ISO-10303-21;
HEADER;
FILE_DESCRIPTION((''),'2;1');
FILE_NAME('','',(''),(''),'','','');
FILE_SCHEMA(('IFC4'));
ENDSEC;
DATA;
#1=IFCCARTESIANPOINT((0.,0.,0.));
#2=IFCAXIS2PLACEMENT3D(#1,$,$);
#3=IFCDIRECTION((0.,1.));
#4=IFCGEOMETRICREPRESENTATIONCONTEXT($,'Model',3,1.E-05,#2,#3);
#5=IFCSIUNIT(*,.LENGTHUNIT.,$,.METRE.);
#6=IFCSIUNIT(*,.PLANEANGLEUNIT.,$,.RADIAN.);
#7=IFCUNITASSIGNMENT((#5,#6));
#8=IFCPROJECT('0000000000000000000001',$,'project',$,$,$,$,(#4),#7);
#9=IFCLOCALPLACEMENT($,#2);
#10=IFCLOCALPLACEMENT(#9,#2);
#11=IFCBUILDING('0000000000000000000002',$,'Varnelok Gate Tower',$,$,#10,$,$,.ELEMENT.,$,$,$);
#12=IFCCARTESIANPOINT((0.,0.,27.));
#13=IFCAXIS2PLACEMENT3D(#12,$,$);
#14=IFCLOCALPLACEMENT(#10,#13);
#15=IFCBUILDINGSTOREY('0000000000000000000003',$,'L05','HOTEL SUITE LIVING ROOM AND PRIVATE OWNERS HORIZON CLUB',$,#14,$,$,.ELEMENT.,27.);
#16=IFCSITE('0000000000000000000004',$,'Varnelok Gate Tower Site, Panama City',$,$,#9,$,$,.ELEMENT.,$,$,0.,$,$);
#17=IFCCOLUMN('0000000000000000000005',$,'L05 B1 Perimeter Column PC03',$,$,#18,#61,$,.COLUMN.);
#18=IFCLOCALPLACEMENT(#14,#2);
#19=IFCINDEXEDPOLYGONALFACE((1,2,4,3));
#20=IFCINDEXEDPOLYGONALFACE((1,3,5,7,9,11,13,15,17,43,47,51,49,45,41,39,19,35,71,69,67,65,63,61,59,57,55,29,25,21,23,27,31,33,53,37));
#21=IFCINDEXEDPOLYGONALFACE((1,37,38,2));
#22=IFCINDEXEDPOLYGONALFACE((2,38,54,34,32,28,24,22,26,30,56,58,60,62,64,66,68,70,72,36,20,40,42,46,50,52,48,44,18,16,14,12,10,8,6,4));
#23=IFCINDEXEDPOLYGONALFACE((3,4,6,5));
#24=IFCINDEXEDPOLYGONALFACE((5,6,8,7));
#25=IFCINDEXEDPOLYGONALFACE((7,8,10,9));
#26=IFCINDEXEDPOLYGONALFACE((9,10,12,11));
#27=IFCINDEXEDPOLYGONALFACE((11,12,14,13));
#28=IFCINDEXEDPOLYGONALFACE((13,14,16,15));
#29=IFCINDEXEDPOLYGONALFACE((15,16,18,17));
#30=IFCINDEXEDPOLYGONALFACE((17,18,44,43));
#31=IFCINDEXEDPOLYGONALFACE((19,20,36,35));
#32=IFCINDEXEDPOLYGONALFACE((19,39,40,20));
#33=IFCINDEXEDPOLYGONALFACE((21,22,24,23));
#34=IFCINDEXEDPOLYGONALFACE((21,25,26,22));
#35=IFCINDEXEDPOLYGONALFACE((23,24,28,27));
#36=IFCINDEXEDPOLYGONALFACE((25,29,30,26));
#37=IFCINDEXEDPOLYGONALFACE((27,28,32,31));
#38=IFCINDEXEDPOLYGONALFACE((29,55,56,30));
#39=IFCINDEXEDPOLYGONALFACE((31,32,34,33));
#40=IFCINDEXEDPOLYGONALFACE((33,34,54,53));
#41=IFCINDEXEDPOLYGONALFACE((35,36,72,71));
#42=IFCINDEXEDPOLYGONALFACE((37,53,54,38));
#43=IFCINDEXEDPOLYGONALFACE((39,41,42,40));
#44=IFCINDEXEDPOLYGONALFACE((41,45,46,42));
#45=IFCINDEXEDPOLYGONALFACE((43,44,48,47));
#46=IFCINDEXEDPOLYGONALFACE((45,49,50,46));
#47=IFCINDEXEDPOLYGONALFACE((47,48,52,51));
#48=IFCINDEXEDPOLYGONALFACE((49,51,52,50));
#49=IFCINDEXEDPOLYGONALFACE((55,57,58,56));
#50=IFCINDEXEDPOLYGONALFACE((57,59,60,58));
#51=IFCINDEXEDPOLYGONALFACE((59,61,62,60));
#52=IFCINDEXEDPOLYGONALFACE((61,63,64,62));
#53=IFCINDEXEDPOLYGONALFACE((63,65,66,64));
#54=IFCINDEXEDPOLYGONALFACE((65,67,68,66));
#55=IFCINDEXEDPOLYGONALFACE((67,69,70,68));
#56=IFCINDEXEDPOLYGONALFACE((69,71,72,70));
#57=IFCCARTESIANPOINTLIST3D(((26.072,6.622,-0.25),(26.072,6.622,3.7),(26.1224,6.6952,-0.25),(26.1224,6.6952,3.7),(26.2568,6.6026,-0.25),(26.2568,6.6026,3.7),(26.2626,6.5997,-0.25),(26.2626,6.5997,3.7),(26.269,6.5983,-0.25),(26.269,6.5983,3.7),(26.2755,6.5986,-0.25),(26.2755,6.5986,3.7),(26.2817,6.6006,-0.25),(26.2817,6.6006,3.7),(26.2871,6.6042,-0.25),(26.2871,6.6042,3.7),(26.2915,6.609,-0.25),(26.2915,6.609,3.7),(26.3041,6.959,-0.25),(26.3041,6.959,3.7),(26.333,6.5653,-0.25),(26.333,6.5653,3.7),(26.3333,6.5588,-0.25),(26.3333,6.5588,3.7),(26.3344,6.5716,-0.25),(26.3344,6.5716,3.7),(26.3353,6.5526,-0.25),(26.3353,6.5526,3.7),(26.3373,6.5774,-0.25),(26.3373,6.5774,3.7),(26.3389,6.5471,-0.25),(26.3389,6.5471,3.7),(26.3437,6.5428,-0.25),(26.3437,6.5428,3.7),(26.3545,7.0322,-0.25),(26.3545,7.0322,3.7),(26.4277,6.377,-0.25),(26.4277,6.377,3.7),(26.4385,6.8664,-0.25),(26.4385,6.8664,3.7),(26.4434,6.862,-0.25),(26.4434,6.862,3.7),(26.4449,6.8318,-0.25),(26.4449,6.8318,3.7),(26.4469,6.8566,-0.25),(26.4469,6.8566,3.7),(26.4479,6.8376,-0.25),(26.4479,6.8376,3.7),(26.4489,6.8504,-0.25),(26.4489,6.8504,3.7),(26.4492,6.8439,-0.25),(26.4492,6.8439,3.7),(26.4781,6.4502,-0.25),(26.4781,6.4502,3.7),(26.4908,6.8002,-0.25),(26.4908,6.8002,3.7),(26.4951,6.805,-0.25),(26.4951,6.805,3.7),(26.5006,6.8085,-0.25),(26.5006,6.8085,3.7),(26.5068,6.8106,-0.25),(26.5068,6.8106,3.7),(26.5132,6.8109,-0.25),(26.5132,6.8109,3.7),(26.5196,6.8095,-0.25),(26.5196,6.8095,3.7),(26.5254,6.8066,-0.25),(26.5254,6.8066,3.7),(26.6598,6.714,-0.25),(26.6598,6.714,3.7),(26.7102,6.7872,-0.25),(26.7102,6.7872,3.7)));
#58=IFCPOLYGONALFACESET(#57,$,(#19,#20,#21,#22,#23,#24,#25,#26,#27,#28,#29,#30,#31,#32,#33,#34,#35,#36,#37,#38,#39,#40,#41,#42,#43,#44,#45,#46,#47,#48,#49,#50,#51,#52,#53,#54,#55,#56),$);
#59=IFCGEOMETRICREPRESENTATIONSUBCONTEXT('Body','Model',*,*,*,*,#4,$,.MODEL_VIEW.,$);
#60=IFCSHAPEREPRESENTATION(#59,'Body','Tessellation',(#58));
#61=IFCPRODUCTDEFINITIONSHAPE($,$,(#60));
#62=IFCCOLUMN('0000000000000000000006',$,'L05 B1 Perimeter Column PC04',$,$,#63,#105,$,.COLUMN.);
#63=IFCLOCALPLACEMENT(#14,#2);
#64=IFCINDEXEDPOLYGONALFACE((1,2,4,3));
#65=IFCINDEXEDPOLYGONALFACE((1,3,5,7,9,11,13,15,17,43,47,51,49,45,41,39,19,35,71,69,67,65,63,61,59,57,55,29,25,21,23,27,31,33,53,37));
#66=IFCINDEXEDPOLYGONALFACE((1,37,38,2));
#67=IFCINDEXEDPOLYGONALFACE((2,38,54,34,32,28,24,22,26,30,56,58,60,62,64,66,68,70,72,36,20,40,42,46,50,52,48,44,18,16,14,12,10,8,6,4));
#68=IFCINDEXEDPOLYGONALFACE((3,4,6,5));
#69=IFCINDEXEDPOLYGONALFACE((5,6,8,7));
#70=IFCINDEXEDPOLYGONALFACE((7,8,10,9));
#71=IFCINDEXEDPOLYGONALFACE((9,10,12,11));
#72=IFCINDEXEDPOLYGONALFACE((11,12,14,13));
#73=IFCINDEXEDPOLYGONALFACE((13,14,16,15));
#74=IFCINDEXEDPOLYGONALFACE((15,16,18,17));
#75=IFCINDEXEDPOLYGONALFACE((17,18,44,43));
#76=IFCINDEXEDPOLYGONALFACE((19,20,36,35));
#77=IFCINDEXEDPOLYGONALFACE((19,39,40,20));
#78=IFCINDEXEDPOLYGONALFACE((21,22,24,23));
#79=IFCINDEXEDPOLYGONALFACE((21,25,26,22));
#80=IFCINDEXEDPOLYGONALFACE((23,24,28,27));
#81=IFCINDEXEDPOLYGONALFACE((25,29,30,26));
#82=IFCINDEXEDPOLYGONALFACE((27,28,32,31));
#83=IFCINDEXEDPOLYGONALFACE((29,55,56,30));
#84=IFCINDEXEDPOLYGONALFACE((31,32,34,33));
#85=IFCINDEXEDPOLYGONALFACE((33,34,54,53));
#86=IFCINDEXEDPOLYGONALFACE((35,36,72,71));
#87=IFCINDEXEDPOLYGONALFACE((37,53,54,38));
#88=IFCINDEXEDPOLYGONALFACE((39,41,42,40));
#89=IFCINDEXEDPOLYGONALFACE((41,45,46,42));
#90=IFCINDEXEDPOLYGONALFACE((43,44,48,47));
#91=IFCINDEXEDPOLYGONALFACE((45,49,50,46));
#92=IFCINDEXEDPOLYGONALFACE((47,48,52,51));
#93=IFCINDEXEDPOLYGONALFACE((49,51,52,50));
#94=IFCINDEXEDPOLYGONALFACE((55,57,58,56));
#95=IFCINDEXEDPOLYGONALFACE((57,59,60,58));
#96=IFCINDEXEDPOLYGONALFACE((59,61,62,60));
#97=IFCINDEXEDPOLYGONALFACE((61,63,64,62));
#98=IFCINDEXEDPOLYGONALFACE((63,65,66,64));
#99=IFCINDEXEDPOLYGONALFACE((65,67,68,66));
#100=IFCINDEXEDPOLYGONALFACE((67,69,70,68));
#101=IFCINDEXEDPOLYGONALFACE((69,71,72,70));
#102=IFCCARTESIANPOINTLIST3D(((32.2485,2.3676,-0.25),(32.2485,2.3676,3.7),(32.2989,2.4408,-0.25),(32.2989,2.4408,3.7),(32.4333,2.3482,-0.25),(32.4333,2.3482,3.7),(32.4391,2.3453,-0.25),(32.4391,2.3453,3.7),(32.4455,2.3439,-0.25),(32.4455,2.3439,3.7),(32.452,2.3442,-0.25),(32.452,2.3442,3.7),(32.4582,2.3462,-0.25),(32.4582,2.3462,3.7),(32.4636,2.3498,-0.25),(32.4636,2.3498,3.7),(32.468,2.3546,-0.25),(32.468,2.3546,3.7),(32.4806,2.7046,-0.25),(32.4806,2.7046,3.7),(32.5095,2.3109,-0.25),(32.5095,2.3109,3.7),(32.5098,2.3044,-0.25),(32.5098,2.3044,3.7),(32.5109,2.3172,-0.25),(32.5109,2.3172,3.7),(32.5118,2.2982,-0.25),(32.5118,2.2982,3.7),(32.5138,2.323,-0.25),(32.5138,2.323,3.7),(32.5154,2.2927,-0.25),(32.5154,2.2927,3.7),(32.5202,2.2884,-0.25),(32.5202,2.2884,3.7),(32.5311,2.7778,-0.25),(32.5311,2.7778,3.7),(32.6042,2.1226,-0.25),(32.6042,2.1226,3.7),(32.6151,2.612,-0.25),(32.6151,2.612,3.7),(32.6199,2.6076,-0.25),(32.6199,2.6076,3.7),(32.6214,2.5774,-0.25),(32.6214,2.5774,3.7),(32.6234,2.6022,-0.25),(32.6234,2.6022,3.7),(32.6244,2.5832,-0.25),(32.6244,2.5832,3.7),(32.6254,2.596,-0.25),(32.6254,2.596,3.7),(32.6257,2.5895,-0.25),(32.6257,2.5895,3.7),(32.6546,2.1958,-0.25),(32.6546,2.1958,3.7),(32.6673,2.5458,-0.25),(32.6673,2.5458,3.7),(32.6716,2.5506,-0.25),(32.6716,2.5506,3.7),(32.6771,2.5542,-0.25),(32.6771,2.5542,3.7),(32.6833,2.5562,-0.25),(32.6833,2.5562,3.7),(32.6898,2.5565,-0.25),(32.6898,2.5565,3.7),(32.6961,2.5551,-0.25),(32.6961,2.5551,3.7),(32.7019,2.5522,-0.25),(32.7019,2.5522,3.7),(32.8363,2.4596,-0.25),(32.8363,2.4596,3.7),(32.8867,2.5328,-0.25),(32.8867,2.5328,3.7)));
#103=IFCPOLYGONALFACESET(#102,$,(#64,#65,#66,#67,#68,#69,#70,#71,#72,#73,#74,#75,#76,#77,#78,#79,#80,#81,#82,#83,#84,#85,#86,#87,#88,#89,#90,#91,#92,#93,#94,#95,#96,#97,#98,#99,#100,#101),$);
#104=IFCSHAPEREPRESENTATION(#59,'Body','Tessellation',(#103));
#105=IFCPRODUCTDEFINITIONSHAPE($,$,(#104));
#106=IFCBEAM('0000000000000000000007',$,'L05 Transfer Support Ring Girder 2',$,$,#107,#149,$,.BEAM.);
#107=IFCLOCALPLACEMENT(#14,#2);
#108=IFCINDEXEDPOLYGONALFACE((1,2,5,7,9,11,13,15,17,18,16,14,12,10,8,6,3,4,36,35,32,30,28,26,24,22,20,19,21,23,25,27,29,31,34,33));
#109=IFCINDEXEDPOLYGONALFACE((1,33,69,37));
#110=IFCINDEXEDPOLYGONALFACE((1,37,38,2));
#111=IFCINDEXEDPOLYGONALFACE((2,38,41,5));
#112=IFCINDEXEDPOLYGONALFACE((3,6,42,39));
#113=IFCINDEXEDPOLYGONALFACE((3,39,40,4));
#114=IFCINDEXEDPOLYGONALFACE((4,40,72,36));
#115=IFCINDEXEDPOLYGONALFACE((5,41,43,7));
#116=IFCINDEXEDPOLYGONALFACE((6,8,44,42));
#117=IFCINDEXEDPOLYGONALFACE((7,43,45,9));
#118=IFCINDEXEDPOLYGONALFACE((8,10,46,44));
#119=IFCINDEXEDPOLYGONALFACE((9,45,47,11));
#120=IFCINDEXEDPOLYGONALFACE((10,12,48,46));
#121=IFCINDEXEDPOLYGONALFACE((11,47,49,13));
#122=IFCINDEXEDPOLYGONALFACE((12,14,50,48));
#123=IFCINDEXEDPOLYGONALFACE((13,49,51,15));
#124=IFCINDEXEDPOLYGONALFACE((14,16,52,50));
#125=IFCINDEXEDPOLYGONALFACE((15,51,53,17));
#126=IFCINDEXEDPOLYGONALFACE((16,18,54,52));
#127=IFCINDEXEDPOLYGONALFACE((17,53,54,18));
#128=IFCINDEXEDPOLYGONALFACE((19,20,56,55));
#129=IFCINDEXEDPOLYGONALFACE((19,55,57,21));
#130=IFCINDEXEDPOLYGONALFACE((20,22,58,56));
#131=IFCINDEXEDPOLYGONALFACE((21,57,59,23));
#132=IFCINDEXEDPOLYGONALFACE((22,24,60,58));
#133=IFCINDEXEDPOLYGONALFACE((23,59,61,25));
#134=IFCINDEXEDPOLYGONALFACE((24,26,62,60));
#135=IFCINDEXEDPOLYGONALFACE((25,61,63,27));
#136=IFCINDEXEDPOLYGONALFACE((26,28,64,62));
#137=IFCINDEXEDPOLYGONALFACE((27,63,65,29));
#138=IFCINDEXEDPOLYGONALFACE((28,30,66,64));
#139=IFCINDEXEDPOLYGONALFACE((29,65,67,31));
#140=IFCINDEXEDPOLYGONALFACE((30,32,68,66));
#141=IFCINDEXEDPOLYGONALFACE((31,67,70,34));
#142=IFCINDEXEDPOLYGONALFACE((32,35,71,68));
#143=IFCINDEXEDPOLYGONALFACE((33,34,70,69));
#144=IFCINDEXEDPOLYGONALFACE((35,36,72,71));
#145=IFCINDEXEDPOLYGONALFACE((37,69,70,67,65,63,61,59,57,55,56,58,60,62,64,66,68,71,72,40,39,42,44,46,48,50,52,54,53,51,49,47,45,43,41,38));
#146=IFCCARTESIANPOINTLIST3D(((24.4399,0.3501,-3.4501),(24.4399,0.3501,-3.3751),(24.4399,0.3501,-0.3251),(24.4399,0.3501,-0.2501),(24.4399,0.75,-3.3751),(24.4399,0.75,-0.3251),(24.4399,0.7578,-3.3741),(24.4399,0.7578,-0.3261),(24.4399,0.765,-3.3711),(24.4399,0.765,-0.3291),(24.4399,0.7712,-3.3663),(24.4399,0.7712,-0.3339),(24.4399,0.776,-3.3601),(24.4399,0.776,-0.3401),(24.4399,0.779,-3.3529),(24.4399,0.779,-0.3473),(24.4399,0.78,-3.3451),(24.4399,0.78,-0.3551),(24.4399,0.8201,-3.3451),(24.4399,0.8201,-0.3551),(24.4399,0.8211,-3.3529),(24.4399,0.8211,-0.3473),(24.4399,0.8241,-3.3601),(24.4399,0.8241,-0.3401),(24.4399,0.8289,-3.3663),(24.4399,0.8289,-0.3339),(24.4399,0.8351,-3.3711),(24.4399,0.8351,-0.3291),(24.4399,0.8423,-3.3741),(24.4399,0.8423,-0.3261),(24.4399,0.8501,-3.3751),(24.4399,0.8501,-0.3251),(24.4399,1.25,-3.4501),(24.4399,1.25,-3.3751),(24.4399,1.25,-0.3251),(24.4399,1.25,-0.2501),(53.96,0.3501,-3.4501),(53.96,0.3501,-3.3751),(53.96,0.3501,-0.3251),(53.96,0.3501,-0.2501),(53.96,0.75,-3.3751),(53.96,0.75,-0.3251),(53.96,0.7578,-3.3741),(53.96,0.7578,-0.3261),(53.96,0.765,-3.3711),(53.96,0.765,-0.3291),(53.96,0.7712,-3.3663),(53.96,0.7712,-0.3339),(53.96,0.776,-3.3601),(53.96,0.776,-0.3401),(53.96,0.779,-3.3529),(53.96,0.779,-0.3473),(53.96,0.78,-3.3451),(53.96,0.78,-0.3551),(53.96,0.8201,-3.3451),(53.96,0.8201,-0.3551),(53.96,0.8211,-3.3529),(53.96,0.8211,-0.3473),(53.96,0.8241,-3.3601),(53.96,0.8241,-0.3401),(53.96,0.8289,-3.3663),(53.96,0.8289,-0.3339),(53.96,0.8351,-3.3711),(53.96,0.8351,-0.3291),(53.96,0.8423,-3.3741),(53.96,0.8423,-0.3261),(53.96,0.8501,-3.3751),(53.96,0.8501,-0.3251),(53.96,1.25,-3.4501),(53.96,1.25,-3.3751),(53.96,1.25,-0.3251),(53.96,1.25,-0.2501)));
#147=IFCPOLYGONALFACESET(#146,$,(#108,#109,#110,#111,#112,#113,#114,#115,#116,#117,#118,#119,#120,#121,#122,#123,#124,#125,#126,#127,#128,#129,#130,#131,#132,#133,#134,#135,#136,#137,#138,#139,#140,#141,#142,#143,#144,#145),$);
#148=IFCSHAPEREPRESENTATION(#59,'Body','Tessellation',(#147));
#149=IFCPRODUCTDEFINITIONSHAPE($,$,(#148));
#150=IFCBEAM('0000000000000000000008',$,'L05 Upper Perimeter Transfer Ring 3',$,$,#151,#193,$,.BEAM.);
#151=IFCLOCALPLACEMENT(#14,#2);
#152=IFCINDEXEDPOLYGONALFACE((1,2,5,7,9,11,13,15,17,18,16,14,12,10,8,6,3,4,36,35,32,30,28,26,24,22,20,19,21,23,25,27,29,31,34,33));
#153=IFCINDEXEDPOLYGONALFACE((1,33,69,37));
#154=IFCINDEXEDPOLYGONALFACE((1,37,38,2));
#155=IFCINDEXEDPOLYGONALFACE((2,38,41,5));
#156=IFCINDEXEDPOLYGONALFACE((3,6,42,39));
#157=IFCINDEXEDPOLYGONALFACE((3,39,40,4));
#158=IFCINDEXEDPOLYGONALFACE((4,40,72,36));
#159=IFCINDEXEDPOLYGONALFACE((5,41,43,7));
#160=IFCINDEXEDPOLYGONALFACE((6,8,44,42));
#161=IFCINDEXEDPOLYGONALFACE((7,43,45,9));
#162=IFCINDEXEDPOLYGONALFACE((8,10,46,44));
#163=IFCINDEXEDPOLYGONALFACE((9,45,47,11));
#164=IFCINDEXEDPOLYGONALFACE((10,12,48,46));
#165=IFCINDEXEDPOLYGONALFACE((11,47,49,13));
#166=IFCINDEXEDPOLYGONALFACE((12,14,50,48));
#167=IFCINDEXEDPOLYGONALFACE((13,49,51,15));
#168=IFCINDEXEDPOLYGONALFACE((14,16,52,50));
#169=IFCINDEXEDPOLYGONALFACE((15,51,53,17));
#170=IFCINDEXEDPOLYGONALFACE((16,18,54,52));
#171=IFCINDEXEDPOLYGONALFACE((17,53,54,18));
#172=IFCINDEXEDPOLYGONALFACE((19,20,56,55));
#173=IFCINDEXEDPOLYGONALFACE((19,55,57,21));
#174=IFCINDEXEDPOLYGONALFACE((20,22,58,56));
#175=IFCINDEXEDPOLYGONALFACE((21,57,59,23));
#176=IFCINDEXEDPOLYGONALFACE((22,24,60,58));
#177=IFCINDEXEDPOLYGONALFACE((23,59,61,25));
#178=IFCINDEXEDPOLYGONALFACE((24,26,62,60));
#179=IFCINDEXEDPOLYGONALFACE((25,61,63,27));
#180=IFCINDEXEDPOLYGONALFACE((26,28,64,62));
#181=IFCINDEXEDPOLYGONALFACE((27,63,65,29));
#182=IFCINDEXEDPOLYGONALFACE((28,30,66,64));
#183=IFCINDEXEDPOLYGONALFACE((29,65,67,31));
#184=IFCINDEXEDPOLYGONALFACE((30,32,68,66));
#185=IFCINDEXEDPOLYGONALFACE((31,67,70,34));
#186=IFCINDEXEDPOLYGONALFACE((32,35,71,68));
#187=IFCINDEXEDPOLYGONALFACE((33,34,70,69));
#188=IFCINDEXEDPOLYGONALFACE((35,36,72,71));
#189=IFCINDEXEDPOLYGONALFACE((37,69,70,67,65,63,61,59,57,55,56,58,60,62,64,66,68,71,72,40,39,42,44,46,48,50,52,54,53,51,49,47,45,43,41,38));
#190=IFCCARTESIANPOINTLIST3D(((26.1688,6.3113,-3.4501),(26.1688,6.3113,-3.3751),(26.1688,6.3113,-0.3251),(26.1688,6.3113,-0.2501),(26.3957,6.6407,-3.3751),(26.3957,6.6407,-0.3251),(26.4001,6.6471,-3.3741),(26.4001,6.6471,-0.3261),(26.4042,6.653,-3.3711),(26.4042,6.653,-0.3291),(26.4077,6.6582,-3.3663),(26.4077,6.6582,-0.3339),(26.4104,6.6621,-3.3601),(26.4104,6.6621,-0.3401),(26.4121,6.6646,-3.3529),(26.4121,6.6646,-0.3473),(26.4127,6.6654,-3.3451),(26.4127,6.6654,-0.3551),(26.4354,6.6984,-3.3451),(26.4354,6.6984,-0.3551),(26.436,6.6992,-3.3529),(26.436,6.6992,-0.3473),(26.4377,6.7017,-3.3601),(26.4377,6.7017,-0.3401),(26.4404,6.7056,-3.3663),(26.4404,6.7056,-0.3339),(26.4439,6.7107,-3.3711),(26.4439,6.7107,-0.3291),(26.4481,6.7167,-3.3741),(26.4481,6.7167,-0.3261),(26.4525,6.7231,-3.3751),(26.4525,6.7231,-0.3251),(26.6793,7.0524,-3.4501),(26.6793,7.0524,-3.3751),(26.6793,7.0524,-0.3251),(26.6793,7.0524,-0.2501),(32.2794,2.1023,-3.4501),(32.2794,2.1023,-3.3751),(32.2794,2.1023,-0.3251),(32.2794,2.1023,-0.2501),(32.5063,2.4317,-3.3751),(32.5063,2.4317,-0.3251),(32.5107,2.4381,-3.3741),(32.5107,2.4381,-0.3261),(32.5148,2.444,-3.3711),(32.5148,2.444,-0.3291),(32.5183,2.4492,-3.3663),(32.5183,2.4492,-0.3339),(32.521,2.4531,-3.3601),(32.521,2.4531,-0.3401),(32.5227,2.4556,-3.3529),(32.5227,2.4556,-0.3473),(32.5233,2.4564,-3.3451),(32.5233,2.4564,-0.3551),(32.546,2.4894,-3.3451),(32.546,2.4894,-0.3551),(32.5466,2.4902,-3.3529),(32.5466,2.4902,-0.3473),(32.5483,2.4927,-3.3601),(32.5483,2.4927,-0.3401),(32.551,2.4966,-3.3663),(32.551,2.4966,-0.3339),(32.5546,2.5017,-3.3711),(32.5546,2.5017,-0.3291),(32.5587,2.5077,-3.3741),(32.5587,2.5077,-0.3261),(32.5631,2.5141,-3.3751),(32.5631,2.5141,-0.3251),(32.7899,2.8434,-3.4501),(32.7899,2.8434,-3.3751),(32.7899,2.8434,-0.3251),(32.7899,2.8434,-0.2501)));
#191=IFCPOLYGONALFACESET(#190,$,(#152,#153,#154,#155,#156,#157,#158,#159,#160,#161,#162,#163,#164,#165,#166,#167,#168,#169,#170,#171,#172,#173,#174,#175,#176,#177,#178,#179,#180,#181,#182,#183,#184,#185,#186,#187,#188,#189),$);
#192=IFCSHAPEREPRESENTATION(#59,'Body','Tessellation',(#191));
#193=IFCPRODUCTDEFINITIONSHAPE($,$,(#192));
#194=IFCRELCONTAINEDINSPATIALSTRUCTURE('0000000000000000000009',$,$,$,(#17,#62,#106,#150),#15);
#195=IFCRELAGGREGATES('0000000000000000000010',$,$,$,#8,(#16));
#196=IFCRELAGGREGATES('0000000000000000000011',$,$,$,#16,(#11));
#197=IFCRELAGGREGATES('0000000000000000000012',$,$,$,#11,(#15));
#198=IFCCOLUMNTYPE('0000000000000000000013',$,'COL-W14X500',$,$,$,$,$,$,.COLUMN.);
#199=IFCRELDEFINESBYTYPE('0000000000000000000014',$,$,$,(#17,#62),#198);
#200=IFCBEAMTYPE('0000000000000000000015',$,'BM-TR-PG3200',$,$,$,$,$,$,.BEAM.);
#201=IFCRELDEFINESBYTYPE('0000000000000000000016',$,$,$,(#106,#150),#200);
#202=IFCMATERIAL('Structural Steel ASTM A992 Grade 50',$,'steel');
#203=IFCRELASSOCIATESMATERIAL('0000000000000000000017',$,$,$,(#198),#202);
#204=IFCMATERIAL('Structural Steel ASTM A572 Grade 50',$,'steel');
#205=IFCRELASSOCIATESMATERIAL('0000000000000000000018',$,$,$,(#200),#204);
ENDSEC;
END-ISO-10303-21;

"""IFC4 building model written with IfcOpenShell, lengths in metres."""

from ifc_helpers import new_model, si_unit, direction, frame, origin, origin_2d, place, context, subcontext, project, spatial, i_section, extrude, material, material_profile, profile_set, type_object, element, save


model = new_model("IFC4")

# Units and contexts
model_context = context("Model", 3, precision=1e-05, world=origin(), true_north=direction((0.0, 1.0)))
body_context = subcontext(model_context, "Body", "Model", "MODEL_VIEW")
ifc_project = project(units=[si_unit("LENGTHUNIT", "METRE"), si_unit("PLANEANGLEUNIT", "RADIAN")], contexts=[model_context])

# Site, building, storey
site_placement = place(None, origin())
site = spatial("IfcSite", under=ifc_project, at=site_placement, Name="Varnelok Gate Tower Site, Panama City", CompositionType="ELEMENT", RefElevation=0.0)
building_placement = place(site_placement, origin())
building = spatial("IfcBuilding", under=site, at=building_placement, Name="Varnelok Gate Tower", CompositionType="ELEMENT")
storey_placement = place(building_placement, frame((0.0, 0.0, 27.0)))
storey = spatial("IfcBuildingStorey", under=building, at=storey_placement, Name="L05", Description="HOTEL SUITE LIVING ROOM AND PRIVATE OWNERS HORIZON CLUB", CompositionType="ELEMENT", Elevation=27.0)

# Columns
ifc_material_1 = material(Name="Structural Steel ASTM A992 Grade 50", Category="steel")
ifc_material_profile_1 = material_profile(ifc_material_1, i_section(OverallWidth=0.4319, OverallDepth=0.498, WebThickness=0.0557, FlangeThickness=0.0889, FilletRadius=0.0249, at=origin_2d()), Name="W14X500")
ifc_profile_set_1 = profile_set([ifc_material_profile_1], Name="Structural Steel ASTM A992 Grade 50")
column_type = type_object("IfcColumnType", Name="COL-W14X500", PredefinedType="COLUMN", material=ifc_profile_set_1)
for number, where, z_axis, x_axis, name in (
    (1, (26.3911, 6.7046, -0.25), (0.0, 0.0, 1.0), (0.823533, -0.567269, 0.0), "L05 B1 Perimeter Column PC03"),
    (2, (32.5676, 2.4502, -0.25), (0.0, 0.0, 1.0), (0.823533, -0.567269, 0.0), "L05 B1 Perimeter Column PC04"),
):
    element("IfcColumn", number, at=place(storey_placement, frame(where, z_axis=z_axis, x_axis=x_axis)), inside=storey, type_object=column_type, Name=name, PredefinedType="COLUMN", context=body_context, shape_type="SweptSolid", body=[
        extrude(i_section(OverallWidth=0.4319, OverallDepth=0.498, WebThickness=0.0557, FlangeThickness=0.0889, FilletRadius=0.0249, at=origin_2d()), origin(), (0.0, 0.0, 1.0), 3.95),
    ])

# Beams
ifc_material_2 = material(Name="Structural Steel ASTM A572 Grade 50", Category="steel")
ifc_material_profile_2 = material_profile(ifc_material_2, i_section(OverallWidth=0.8999, OverallDepth=3.2, WebThickness=0.04, FlangeThickness=0.075, FilletRadius=0.03, at=origin_2d()), Name="PG3200X900")
ifc_profile_set_2 = profile_set([ifc_material_profile_2], Name="Structural Steel ASTM A572 Grade 50")
beam_type = type_object("IfcBeamType", Name="BM-TR-PG3200", PredefinedType="BEAM", material=ifc_profile_set_2)
beam_1_placement = place(storey_placement, frame((24.4399, 0.8, -1.8501), z_axis=(1.0, 0.0, 0.0), x_axis=(0.0, 1.0, 0.0)))
element("IfcBeam", 3, at=beam_1_placement, inside=storey, type_object=beam_type, Name="L05 Transfer Support Ring Girder 2", PredefinedType="BEAM", context=body_context, shape_type="SweptSolid", body=[
    extrude(i_section(OverallWidth=0.8999, OverallDepth=3.2, WebThickness=0.04, FlangeThickness=0.075, FilletRadius=0.03, at=origin_2d()), origin(), (0.0, 0.0, 1.0), 29.52),
])
beam_2_placement = place(storey_placement, frame((26.4241, 6.6819, -1.8501), z_axis=(0.823541, -0.567256, 0.0), x_axis=(0.567256, 0.823541, 0.0)))
element("IfcBeam", 4, at=beam_2_placement, inside=storey, type_object=beam_type, Name="L05 Upper Perimeter Transfer Ring 3", PredefinedType="BEAM", context=body_context, shape_type="SweptSolid", body=[
    extrude(i_section(OverallWidth=0.8999, OverallDepth=3.2, WebThickness=0.04, FlangeThickness=0.075, FilletRadius=0.03, at=origin_2d()), origin(), (0.0, 0.0, 1.0), 7.4199),
])

save(model, "model.ifc")
